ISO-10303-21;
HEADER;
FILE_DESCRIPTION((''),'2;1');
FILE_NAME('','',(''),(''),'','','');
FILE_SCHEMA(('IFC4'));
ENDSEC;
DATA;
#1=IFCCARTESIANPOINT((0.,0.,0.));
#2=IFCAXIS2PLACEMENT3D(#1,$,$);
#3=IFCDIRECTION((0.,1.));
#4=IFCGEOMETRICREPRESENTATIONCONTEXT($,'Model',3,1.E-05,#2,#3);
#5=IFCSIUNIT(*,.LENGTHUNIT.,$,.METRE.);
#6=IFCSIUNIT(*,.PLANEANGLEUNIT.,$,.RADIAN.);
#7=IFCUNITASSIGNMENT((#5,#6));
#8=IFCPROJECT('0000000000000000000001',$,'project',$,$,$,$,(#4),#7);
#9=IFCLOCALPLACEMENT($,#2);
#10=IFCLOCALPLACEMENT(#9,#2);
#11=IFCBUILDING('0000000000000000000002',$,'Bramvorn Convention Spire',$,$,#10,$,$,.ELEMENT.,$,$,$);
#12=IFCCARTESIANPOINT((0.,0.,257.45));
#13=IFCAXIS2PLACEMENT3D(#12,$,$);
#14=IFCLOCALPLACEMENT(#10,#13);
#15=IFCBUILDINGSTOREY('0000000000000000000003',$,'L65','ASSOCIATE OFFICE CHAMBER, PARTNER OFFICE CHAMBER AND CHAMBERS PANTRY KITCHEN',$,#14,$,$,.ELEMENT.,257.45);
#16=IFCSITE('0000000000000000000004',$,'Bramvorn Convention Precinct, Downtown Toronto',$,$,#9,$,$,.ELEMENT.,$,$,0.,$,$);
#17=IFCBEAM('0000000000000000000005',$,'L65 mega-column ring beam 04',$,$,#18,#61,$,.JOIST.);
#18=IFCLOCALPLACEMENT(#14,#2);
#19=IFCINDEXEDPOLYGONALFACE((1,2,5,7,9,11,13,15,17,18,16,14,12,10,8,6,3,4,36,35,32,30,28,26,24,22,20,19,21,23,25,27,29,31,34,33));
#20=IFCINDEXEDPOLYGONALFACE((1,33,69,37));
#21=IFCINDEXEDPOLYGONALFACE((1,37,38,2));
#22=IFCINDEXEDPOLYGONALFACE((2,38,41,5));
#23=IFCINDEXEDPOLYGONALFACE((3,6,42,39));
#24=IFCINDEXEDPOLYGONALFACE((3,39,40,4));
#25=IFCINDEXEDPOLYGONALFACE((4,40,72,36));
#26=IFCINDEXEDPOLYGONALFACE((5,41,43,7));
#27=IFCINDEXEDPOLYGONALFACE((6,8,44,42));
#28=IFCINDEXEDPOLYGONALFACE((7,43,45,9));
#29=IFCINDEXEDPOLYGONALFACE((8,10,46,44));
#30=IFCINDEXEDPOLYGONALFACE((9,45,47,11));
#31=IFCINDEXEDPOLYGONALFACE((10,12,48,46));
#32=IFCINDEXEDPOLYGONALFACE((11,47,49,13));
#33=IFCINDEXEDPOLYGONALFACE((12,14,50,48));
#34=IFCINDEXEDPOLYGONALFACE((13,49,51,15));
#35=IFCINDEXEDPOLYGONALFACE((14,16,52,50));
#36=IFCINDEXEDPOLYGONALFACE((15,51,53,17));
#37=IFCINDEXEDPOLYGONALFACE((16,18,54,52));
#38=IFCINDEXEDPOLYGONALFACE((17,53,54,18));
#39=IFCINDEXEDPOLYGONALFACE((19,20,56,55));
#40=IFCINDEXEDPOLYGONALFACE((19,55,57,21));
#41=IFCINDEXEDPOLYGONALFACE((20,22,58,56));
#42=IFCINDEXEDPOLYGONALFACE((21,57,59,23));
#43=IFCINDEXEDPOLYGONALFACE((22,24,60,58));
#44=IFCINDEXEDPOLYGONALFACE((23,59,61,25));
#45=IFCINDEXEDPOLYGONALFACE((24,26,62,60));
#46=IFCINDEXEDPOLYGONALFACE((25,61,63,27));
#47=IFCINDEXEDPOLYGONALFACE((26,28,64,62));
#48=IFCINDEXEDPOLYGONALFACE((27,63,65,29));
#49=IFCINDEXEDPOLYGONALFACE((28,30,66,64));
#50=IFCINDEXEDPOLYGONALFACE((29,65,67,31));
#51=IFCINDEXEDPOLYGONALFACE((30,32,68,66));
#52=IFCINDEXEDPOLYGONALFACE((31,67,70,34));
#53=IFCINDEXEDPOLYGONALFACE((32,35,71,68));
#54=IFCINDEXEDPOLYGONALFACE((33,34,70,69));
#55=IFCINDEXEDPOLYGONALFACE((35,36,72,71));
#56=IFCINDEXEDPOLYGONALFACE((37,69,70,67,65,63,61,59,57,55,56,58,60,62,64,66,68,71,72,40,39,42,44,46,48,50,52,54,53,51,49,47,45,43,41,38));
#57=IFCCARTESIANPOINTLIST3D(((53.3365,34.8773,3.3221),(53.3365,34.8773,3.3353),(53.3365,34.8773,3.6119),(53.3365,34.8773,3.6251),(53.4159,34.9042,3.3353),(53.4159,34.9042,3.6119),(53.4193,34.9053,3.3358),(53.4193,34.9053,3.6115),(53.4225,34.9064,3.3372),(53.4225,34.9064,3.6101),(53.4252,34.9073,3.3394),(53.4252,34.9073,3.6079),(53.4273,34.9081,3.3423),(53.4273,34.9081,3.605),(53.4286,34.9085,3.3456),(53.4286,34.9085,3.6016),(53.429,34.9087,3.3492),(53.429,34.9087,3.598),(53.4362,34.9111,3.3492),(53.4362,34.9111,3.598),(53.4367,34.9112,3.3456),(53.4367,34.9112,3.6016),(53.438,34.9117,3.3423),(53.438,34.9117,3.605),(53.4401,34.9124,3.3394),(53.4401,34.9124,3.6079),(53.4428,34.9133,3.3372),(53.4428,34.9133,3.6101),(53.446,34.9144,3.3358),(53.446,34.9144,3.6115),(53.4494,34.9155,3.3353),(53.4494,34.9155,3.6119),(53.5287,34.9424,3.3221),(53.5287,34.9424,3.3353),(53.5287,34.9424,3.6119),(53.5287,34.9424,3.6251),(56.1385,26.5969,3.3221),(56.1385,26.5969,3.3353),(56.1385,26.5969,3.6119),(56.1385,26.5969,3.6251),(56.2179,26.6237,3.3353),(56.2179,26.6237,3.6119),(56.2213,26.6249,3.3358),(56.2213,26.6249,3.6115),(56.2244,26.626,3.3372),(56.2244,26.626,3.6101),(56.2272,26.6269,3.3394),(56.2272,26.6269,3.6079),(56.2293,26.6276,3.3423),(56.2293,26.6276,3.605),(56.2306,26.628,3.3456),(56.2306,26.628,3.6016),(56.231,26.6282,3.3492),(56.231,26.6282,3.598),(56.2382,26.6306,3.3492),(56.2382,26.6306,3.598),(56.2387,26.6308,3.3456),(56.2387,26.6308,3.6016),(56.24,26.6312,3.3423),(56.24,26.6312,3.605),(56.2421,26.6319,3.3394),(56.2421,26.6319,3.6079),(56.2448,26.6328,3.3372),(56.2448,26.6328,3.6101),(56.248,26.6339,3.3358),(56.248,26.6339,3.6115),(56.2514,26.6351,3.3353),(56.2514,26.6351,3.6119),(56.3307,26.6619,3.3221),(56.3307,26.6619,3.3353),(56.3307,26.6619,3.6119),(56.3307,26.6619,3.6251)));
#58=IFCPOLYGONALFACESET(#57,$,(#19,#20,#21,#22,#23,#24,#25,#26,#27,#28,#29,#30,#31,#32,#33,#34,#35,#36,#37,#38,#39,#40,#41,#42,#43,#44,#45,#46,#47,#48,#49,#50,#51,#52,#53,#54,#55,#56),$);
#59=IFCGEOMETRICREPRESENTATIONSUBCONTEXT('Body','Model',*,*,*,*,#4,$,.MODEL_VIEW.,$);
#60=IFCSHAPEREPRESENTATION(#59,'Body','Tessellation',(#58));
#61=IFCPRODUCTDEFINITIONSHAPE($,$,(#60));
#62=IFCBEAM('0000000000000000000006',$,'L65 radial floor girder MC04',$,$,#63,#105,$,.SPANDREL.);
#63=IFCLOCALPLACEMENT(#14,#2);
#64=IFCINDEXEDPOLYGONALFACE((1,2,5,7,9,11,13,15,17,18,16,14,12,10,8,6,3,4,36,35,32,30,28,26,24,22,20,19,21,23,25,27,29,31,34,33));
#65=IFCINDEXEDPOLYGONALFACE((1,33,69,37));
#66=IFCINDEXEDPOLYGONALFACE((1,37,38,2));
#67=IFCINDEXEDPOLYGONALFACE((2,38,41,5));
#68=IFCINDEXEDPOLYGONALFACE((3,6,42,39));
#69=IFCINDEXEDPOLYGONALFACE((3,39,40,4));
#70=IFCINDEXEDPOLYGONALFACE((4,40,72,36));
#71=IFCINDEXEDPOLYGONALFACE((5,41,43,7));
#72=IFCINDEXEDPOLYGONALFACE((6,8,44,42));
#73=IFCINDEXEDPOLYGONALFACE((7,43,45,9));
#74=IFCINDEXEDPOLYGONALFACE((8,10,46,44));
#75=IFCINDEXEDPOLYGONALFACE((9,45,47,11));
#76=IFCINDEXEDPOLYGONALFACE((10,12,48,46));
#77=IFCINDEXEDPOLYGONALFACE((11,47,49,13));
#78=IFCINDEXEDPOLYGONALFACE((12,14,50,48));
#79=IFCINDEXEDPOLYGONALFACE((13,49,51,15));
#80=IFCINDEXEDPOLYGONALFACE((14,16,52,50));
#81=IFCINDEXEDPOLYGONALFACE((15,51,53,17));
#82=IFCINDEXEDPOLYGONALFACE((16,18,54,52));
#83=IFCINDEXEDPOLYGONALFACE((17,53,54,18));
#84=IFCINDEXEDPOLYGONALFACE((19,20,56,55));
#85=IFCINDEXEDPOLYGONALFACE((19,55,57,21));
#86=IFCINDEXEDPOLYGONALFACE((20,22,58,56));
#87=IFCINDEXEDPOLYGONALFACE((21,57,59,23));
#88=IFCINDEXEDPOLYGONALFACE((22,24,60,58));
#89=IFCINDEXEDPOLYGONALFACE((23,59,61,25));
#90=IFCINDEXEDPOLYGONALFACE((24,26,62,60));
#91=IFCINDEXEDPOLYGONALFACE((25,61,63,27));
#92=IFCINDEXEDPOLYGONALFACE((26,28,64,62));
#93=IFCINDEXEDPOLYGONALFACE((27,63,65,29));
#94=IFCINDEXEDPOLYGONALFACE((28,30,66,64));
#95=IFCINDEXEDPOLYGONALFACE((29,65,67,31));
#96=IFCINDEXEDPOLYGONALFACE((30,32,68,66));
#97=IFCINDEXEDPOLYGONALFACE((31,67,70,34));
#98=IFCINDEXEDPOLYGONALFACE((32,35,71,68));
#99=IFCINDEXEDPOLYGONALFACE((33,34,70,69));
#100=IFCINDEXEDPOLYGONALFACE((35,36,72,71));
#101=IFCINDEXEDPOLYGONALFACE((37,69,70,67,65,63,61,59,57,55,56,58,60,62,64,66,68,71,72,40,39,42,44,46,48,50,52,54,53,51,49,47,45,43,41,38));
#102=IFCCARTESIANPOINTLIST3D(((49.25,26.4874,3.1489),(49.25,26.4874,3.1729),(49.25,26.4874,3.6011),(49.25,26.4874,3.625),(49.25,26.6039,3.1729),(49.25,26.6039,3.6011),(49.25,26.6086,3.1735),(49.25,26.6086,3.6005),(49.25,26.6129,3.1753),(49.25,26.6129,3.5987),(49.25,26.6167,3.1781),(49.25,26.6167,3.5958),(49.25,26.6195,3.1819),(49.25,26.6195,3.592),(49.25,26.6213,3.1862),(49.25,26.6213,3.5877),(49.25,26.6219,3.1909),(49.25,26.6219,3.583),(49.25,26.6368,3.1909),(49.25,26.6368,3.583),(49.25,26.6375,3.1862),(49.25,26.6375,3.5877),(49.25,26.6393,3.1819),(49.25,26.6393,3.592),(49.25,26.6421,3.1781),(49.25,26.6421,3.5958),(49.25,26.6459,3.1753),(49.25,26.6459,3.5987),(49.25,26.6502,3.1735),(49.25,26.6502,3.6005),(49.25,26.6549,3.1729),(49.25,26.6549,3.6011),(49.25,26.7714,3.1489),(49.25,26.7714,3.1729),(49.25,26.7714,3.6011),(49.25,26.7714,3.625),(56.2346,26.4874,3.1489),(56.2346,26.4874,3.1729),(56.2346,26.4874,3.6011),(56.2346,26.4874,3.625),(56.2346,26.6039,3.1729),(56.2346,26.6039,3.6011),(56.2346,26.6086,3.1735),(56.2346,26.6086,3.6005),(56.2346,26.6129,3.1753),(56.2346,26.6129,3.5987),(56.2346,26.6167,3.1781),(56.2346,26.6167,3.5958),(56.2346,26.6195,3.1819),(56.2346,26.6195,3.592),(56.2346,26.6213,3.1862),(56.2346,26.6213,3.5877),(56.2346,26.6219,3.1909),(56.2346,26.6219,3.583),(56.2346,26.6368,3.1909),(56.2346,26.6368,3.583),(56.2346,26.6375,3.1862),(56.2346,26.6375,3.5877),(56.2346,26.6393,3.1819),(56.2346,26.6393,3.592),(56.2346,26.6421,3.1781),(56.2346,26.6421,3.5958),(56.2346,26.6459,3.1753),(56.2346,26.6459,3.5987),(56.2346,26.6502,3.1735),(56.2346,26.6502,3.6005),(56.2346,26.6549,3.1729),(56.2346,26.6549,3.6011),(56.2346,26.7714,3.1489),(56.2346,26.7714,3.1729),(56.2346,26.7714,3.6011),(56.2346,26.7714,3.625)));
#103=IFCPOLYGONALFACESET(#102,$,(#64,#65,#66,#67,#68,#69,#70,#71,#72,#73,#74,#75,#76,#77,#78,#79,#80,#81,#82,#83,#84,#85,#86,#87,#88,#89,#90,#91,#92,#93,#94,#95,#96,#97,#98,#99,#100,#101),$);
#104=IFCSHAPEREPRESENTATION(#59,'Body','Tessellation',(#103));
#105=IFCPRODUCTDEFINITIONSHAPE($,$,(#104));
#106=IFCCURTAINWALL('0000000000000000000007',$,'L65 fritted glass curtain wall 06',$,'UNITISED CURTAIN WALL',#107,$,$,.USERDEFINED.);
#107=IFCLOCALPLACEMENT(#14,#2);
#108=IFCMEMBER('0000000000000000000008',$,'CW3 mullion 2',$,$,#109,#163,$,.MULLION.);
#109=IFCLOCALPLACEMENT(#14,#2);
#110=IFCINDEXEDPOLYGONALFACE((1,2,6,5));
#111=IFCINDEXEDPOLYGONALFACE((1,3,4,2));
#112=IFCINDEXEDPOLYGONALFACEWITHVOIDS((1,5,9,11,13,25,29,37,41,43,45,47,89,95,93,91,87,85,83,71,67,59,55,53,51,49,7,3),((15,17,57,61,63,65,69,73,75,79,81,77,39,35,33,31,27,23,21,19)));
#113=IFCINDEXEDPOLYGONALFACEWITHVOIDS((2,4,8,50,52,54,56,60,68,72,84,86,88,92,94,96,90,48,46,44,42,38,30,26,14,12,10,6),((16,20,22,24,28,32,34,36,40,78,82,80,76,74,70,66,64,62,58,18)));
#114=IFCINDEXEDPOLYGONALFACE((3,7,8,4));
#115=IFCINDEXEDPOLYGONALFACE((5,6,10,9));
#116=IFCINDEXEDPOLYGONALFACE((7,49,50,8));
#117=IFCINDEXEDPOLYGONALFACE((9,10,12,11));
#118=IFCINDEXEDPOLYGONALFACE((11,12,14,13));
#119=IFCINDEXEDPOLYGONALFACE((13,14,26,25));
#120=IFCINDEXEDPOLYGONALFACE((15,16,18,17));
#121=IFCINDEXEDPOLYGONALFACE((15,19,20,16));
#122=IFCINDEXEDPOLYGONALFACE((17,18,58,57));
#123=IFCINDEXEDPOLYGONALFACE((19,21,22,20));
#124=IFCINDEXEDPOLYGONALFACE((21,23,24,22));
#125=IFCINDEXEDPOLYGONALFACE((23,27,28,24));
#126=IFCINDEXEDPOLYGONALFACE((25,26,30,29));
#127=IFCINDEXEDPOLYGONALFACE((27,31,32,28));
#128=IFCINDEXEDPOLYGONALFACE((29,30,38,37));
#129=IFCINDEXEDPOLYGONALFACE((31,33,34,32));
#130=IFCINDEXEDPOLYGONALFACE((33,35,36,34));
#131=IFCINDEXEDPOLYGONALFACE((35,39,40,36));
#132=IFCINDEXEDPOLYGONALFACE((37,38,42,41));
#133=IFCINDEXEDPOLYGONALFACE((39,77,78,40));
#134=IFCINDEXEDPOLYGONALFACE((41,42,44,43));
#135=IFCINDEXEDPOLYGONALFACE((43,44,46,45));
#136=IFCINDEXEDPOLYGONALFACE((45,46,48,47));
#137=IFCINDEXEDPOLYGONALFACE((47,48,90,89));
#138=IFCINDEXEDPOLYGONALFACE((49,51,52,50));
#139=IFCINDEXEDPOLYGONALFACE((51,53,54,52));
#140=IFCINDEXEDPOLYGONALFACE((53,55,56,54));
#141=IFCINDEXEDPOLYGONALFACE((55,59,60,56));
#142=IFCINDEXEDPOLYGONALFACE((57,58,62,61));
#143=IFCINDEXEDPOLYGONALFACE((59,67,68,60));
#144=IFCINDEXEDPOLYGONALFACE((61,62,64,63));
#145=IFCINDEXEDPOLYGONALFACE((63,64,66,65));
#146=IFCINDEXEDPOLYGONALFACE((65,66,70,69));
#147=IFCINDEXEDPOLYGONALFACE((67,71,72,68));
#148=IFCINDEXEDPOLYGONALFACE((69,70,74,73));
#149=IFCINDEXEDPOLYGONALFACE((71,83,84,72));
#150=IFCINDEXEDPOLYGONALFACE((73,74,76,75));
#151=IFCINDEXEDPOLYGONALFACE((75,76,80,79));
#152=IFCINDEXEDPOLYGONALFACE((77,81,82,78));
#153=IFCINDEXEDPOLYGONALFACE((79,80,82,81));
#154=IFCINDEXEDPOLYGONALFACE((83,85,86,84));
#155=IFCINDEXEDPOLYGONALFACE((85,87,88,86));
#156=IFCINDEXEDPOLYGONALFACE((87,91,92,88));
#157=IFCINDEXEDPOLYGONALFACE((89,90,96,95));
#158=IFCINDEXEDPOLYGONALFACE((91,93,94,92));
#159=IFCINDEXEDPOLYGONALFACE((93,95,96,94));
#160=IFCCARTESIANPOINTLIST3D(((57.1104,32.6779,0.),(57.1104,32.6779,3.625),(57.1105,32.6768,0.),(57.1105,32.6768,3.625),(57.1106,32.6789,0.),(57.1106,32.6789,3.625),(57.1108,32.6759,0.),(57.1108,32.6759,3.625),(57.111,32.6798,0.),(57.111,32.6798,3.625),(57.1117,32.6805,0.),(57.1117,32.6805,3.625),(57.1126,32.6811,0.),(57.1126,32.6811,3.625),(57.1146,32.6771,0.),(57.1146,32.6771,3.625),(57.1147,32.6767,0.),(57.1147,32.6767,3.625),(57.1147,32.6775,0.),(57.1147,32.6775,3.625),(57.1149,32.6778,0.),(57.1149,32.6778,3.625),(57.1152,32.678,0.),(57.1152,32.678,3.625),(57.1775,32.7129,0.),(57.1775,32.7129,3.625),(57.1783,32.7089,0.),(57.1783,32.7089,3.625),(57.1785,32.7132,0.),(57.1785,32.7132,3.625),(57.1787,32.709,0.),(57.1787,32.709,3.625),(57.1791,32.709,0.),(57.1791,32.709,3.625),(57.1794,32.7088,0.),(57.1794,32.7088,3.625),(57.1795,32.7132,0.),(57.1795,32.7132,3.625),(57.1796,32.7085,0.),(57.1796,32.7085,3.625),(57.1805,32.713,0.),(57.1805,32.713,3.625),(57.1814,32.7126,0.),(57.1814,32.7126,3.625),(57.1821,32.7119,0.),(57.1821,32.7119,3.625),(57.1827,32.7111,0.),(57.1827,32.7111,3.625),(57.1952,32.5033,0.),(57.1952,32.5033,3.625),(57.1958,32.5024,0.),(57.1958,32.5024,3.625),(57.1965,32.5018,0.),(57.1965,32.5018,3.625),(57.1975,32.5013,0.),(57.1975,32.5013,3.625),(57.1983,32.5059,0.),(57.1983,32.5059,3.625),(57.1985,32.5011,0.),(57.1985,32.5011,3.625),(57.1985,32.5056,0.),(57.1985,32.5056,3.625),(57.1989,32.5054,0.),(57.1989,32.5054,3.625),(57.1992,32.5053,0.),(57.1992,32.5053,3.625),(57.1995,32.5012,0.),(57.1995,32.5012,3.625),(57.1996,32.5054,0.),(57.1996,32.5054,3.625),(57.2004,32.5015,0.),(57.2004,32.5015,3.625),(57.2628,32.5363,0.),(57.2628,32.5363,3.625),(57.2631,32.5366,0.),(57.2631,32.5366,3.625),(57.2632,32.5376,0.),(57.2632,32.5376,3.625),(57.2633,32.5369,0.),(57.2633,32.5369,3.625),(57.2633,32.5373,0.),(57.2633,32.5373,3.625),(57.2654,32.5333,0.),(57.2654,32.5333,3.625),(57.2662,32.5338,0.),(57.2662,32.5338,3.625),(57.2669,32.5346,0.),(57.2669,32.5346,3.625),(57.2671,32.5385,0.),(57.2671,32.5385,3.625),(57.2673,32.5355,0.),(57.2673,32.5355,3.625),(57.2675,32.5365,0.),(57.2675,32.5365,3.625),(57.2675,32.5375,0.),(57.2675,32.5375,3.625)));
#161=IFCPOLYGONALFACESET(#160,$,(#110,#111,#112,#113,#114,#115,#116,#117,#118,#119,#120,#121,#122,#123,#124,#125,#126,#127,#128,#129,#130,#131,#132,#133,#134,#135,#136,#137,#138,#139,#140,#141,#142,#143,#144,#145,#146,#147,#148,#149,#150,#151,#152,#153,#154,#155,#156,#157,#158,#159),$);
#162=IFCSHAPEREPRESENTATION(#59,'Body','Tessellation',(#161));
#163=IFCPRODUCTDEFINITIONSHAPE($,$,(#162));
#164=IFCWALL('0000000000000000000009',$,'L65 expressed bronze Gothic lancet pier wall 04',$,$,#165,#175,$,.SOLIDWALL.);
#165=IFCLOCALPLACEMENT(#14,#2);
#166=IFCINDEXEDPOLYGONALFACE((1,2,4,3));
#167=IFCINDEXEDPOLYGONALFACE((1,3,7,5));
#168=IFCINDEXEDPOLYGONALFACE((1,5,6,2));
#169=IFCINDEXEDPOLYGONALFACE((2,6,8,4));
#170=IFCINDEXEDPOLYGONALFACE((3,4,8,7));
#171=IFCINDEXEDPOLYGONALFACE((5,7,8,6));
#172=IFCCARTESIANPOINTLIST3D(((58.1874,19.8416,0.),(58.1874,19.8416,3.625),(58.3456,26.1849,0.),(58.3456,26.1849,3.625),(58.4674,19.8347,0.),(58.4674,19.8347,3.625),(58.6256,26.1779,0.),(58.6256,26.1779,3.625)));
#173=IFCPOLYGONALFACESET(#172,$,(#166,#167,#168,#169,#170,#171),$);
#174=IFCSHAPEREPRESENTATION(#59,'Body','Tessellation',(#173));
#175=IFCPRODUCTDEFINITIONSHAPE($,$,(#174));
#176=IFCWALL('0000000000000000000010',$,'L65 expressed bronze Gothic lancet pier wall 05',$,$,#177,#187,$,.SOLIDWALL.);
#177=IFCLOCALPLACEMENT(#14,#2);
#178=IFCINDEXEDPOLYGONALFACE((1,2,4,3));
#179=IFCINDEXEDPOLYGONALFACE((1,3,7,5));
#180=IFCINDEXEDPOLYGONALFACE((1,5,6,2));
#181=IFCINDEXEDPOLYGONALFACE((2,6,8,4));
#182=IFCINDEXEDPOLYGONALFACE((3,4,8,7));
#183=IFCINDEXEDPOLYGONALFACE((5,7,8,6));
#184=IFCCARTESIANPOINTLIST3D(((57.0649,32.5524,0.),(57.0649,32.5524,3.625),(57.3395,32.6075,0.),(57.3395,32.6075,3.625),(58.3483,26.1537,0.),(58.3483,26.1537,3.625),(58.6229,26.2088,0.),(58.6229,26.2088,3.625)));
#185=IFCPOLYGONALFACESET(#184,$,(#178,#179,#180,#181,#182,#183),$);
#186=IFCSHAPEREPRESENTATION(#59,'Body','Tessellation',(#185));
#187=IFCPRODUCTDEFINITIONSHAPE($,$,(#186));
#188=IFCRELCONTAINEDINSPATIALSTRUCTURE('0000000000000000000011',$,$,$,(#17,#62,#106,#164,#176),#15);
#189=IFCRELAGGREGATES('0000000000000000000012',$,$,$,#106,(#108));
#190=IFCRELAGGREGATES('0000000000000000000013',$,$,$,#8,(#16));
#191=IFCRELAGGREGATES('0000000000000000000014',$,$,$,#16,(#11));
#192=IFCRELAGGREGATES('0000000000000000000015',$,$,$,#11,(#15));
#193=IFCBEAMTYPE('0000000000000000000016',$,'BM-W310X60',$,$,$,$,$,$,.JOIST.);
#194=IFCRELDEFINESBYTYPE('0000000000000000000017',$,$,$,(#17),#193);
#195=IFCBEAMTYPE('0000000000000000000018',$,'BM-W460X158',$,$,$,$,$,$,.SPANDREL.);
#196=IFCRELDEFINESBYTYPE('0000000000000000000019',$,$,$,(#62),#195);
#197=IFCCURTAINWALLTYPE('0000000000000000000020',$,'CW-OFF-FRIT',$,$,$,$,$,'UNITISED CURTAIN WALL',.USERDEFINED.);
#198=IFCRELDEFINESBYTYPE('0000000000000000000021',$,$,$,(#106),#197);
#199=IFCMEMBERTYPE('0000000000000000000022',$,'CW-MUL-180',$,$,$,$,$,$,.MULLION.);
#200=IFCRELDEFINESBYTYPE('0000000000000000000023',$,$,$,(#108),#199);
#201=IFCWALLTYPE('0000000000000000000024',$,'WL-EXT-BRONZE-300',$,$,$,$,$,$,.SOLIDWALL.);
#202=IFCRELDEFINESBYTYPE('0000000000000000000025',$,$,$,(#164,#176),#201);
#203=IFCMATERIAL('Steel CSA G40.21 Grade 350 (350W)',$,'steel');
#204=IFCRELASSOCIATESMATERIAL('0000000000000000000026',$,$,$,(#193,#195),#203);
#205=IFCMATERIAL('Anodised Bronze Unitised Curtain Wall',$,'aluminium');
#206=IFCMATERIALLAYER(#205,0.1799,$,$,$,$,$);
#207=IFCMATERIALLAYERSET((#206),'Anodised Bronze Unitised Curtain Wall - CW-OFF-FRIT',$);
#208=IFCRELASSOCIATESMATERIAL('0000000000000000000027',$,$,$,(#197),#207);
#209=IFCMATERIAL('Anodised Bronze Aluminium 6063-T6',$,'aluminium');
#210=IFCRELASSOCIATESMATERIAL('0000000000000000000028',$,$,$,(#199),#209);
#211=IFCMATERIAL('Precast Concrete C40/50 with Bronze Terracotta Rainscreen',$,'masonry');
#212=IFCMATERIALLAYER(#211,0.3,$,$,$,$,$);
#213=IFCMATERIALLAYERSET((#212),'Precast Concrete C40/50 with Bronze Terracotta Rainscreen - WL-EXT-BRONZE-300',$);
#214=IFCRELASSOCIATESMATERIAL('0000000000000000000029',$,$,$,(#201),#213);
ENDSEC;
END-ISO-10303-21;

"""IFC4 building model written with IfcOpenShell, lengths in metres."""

from ifc_helpers import new_model, si_unit, direction, frame, frame_2d, origin, origin_2d, place, context, subcontext, project, spatial, rectangle, hollow_rectangle, i_section, extrude, material, layer, layer_set, material_profile, profile_set, type_object, element, aggregate, save


model = new_model("IFC4")

# Units and contexts
model_context = context("Model", 3, precision=1e-05, world=origin(), true_north=direction((0.0, 1.0)))
body_context = subcontext(model_context, "Body", "Model", "MODEL_VIEW")
ifc_project = project(units=[si_unit("LENGTHUNIT", "METRE"), si_unit("PLANEANGLEUNIT", "RADIAN")], contexts=[model_context])

# Site, building, storey
site_placement = place(None, origin())
site = spatial("IfcSite", under=ifc_project, at=site_placement, Name="Bramvorn Convention Precinct, Downtown Toronto", CompositionType="ELEMENT", RefElevation=0.0)
building_placement = place(site_placement, origin())
building = spatial("IfcBuilding", under=site, at=building_placement, Name="Bramvorn Convention Spire", CompositionType="ELEMENT")
storey_placement = place(building_placement, frame((0.0, 0.0, 257.45)))
storey = spatial("IfcBuildingStorey", under=building, at=storey_placement, Name="L65", Description="ASSOCIATE OFFICE CHAMBER, PARTNER OFFICE CHAMBER AND CHAMBERS PANTRY KITCHEN", CompositionType="ELEMENT", Elevation=257.45)

# Shared definitions
ifc_material_1 = material(Name="Steel CSA G40.21 Grade 350 (350W)", Category="steel")

# Beams
ifc_material_profile_1 = material_profile(ifc_material_1, i_section(OverallWidth=0.2029, OverallDepth=0.303, WebThickness=0.0076, FlangeThickness=0.0132, FilletRadius=0.0139, at=origin_2d()))
ifc_profile_set_1 = profile_set([ifc_material_profile_1], Name="Steel CSA G40.21 Grade 350 (350W) - W310X60")
beam_type_1 = type_object("IfcBeamType", Name="BM-W310X60", PredefinedType="JOIST", material=ifc_profile_set_1)
beam_1_placement = place(storey_placement, frame((56.2346, 26.6294, 3.4736), z_axis=(-0.320531, 0.947238, 0.0), x_axis=(-0.947238, -0.320531, 0.0)))
element("IfcBeam", 1, at=beam_1_placement, inside=storey, type_object=beam_type_1, Name="L65 mega-column ring beam 04", PredefinedType="JOIST", context=body_context, shape_type="SweptSolid", body=[
    extrude(i_section(OverallWidth=0.2029, OverallDepth=0.303, WebThickness=0.0076, FlangeThickness=0.0132, FilletRadius=0.0139, at=origin_2d()), origin(), (0.0, 0.0, 1.0), 8.7417),
])
ifc_material_profile_2 = material_profile(ifc_material_1, i_section(OverallWidth=0.2839, OverallDepth=0.4761, WebThickness=0.0149, FlangeThickness=0.0239, FilletRadius=0.0181, at=origin_2d()))
ifc_profile_set_2 = profile_set([ifc_material_profile_2], Name="Steel CSA G40.21 Grade 350 (350W) - W460X158")
beam_type_2 = type_object("IfcBeamType", Name="BM-W460X158", PredefinedType="SPANDREL", material=ifc_profile_set_2)
beam_2_placement = place(storey_placement, frame((49.25, 26.6294, 3.387), z_axis=(1.0, 0.0, 0.0), x_axis=(0.0, 1.0, 0.0)))
element("IfcBeam", 2, at=beam_2_placement, inside=storey, type_object=beam_type_2, Name="L65 radial floor girder MC04", PredefinedType="SPANDREL", context=body_context, shape_type="SweptSolid", body=[
    extrude(i_section(OverallWidth=0.2839, OverallDepth=0.4761, WebThickness=0.0149, FlangeThickness=0.0239, FilletRadius=0.0181, at=origin_2d()), origin(), (0.0, 0.0, 1.0), 6.9846),
])

# Curtain wall, member
ifc_material_2 = material(Name="Anodised Bronze Unitised Curtain Wall", Category="aluminium")
ifc_layer_1 = layer(ifc_material_2, 0.1799)
ifc_layer_set_1 = layer_set([ifc_layer_1], Name="Anodised Bronze Unitised Curtain Wall - CW-OFF-FRIT")
curtain_wall_type = type_object("IfcCurtainWallType", Name="CW-OFF-FRIT", ElementType="UNITISED CURTAIN WALL", PredefinedType="USERDEFINED", material=ifc_layer_set_1)
curtain_wall_placement = place(storey_placement, origin())
curtain_wall = element("IfcCurtainWall", 3, at=curtain_wall_placement, inside=storey, type_object=curtain_wall_type, Name="L65 fritted glass curtain wall 06", ObjectType="UNITISED CURTAIN WALL", PredefinedType="USERDEFINED")
ifc_material_3 = material(Name="Anodised Bronze Aluminium 6063-T6", Category="aluminium")
ifc_material_profile_3 = material_profile(ifc_material_3, hollow_rectangle(XDim=0.0801, YDim=0.2, WallThickness=0.0039, InnerFilletRadius=0.001, OuterFilletRadius=0.0039, at=origin_2d()))
ifc_profile_set_3 = profile_set([ifc_material_profile_3], Name="Anodised Bronze Aluminium 6063-T6 - CWM80X200")
member_type = type_object("IfcMemberType", Name="CW-MUL-180", PredefinedType="MULLION", material=ifc_profile_set_3)
member_placement = place(storey_placement, frame((57.189, 32.6072, 0.0), z_axis=(0.0, 0.0, 1.0), x_axis=(0.898267, 0.439451, 0.0)))
member = element("IfcMember", 4, at=member_placement, type_object=member_type, Name="CW3 mullion 2", PredefinedType="MULLION", context=body_context, shape_type="SweptSolid", body=[
    extrude(hollow_rectangle(XDim=0.0801, YDim=0.2, WallThickness=0.0039, InnerFilletRadius=0.001, OuterFilletRadius=0.0039, at=origin_2d()), origin(), (0.0, 0.0, 1.0), 3.625),
])
aggregate(curtain_wall, [member])

# Walls
ifc_material_4 = material(Name="Precast Concrete C40/50 with Bronze Terracotta Rainscreen", Category="masonry")
ifc_layer_2 = layer(ifc_material_4, 0.3)
ifc_layer_set_2 = layer_set([ifc_layer_2], Name="Precast Concrete C40/50 with Bronze Terracotta Rainscreen - WL-EXT-BRONZE-300")
wall_type_1 = type_object("IfcWallType", Name="WL-EXT-BRONZE-300", PredefinedType="SOLIDWALL", material=ifc_layer_set_2)
wall_1_placement = place(storey_placement, frame((58.4856, 26.1814, 0.0), z_axis=(0.0, 0.0, 1.0), x_axis=(-0.024933, -0.999689, 0.0)))
element("IfcWall", 5, at=wall_1_placement, inside=storey, type_object=wall_type_1, Name="L65 expressed bronze Gothic lancet pier wall 04", PredefinedType="SOLIDWALL", context=body_context, shape_type="SweptSolid", body=[
    extrude(rectangle(XDim=6.3452, YDim=0.28, at=frame_2d((3.1726, 0.0))), origin(), (0.0, 0.0, 1.0), 3.625),
])
wall_2_placement = place(storey_placement, frame((57.2021, 32.5801, 0.0), z_axis=(0.0, 0.0, 1.0), x_axis=(0.196663, -0.980471, 0.0)))
element("IfcWall", 6, at=wall_2_placement, inside=storey, type_object=wall_type_1, Name="L65 expressed bronze Gothic lancet pier wall 05", PredefinedType="SOLIDWALL", context=body_context, shape_type="SweptSolid", body=[
    extrude(rectangle(XDim=6.5261, YDim=0.28, at=frame_2d((3.2632, 0.0))), origin(), (0.0, 0.0, 1.0), 3.625),
])

save(model, "model.ifc")
